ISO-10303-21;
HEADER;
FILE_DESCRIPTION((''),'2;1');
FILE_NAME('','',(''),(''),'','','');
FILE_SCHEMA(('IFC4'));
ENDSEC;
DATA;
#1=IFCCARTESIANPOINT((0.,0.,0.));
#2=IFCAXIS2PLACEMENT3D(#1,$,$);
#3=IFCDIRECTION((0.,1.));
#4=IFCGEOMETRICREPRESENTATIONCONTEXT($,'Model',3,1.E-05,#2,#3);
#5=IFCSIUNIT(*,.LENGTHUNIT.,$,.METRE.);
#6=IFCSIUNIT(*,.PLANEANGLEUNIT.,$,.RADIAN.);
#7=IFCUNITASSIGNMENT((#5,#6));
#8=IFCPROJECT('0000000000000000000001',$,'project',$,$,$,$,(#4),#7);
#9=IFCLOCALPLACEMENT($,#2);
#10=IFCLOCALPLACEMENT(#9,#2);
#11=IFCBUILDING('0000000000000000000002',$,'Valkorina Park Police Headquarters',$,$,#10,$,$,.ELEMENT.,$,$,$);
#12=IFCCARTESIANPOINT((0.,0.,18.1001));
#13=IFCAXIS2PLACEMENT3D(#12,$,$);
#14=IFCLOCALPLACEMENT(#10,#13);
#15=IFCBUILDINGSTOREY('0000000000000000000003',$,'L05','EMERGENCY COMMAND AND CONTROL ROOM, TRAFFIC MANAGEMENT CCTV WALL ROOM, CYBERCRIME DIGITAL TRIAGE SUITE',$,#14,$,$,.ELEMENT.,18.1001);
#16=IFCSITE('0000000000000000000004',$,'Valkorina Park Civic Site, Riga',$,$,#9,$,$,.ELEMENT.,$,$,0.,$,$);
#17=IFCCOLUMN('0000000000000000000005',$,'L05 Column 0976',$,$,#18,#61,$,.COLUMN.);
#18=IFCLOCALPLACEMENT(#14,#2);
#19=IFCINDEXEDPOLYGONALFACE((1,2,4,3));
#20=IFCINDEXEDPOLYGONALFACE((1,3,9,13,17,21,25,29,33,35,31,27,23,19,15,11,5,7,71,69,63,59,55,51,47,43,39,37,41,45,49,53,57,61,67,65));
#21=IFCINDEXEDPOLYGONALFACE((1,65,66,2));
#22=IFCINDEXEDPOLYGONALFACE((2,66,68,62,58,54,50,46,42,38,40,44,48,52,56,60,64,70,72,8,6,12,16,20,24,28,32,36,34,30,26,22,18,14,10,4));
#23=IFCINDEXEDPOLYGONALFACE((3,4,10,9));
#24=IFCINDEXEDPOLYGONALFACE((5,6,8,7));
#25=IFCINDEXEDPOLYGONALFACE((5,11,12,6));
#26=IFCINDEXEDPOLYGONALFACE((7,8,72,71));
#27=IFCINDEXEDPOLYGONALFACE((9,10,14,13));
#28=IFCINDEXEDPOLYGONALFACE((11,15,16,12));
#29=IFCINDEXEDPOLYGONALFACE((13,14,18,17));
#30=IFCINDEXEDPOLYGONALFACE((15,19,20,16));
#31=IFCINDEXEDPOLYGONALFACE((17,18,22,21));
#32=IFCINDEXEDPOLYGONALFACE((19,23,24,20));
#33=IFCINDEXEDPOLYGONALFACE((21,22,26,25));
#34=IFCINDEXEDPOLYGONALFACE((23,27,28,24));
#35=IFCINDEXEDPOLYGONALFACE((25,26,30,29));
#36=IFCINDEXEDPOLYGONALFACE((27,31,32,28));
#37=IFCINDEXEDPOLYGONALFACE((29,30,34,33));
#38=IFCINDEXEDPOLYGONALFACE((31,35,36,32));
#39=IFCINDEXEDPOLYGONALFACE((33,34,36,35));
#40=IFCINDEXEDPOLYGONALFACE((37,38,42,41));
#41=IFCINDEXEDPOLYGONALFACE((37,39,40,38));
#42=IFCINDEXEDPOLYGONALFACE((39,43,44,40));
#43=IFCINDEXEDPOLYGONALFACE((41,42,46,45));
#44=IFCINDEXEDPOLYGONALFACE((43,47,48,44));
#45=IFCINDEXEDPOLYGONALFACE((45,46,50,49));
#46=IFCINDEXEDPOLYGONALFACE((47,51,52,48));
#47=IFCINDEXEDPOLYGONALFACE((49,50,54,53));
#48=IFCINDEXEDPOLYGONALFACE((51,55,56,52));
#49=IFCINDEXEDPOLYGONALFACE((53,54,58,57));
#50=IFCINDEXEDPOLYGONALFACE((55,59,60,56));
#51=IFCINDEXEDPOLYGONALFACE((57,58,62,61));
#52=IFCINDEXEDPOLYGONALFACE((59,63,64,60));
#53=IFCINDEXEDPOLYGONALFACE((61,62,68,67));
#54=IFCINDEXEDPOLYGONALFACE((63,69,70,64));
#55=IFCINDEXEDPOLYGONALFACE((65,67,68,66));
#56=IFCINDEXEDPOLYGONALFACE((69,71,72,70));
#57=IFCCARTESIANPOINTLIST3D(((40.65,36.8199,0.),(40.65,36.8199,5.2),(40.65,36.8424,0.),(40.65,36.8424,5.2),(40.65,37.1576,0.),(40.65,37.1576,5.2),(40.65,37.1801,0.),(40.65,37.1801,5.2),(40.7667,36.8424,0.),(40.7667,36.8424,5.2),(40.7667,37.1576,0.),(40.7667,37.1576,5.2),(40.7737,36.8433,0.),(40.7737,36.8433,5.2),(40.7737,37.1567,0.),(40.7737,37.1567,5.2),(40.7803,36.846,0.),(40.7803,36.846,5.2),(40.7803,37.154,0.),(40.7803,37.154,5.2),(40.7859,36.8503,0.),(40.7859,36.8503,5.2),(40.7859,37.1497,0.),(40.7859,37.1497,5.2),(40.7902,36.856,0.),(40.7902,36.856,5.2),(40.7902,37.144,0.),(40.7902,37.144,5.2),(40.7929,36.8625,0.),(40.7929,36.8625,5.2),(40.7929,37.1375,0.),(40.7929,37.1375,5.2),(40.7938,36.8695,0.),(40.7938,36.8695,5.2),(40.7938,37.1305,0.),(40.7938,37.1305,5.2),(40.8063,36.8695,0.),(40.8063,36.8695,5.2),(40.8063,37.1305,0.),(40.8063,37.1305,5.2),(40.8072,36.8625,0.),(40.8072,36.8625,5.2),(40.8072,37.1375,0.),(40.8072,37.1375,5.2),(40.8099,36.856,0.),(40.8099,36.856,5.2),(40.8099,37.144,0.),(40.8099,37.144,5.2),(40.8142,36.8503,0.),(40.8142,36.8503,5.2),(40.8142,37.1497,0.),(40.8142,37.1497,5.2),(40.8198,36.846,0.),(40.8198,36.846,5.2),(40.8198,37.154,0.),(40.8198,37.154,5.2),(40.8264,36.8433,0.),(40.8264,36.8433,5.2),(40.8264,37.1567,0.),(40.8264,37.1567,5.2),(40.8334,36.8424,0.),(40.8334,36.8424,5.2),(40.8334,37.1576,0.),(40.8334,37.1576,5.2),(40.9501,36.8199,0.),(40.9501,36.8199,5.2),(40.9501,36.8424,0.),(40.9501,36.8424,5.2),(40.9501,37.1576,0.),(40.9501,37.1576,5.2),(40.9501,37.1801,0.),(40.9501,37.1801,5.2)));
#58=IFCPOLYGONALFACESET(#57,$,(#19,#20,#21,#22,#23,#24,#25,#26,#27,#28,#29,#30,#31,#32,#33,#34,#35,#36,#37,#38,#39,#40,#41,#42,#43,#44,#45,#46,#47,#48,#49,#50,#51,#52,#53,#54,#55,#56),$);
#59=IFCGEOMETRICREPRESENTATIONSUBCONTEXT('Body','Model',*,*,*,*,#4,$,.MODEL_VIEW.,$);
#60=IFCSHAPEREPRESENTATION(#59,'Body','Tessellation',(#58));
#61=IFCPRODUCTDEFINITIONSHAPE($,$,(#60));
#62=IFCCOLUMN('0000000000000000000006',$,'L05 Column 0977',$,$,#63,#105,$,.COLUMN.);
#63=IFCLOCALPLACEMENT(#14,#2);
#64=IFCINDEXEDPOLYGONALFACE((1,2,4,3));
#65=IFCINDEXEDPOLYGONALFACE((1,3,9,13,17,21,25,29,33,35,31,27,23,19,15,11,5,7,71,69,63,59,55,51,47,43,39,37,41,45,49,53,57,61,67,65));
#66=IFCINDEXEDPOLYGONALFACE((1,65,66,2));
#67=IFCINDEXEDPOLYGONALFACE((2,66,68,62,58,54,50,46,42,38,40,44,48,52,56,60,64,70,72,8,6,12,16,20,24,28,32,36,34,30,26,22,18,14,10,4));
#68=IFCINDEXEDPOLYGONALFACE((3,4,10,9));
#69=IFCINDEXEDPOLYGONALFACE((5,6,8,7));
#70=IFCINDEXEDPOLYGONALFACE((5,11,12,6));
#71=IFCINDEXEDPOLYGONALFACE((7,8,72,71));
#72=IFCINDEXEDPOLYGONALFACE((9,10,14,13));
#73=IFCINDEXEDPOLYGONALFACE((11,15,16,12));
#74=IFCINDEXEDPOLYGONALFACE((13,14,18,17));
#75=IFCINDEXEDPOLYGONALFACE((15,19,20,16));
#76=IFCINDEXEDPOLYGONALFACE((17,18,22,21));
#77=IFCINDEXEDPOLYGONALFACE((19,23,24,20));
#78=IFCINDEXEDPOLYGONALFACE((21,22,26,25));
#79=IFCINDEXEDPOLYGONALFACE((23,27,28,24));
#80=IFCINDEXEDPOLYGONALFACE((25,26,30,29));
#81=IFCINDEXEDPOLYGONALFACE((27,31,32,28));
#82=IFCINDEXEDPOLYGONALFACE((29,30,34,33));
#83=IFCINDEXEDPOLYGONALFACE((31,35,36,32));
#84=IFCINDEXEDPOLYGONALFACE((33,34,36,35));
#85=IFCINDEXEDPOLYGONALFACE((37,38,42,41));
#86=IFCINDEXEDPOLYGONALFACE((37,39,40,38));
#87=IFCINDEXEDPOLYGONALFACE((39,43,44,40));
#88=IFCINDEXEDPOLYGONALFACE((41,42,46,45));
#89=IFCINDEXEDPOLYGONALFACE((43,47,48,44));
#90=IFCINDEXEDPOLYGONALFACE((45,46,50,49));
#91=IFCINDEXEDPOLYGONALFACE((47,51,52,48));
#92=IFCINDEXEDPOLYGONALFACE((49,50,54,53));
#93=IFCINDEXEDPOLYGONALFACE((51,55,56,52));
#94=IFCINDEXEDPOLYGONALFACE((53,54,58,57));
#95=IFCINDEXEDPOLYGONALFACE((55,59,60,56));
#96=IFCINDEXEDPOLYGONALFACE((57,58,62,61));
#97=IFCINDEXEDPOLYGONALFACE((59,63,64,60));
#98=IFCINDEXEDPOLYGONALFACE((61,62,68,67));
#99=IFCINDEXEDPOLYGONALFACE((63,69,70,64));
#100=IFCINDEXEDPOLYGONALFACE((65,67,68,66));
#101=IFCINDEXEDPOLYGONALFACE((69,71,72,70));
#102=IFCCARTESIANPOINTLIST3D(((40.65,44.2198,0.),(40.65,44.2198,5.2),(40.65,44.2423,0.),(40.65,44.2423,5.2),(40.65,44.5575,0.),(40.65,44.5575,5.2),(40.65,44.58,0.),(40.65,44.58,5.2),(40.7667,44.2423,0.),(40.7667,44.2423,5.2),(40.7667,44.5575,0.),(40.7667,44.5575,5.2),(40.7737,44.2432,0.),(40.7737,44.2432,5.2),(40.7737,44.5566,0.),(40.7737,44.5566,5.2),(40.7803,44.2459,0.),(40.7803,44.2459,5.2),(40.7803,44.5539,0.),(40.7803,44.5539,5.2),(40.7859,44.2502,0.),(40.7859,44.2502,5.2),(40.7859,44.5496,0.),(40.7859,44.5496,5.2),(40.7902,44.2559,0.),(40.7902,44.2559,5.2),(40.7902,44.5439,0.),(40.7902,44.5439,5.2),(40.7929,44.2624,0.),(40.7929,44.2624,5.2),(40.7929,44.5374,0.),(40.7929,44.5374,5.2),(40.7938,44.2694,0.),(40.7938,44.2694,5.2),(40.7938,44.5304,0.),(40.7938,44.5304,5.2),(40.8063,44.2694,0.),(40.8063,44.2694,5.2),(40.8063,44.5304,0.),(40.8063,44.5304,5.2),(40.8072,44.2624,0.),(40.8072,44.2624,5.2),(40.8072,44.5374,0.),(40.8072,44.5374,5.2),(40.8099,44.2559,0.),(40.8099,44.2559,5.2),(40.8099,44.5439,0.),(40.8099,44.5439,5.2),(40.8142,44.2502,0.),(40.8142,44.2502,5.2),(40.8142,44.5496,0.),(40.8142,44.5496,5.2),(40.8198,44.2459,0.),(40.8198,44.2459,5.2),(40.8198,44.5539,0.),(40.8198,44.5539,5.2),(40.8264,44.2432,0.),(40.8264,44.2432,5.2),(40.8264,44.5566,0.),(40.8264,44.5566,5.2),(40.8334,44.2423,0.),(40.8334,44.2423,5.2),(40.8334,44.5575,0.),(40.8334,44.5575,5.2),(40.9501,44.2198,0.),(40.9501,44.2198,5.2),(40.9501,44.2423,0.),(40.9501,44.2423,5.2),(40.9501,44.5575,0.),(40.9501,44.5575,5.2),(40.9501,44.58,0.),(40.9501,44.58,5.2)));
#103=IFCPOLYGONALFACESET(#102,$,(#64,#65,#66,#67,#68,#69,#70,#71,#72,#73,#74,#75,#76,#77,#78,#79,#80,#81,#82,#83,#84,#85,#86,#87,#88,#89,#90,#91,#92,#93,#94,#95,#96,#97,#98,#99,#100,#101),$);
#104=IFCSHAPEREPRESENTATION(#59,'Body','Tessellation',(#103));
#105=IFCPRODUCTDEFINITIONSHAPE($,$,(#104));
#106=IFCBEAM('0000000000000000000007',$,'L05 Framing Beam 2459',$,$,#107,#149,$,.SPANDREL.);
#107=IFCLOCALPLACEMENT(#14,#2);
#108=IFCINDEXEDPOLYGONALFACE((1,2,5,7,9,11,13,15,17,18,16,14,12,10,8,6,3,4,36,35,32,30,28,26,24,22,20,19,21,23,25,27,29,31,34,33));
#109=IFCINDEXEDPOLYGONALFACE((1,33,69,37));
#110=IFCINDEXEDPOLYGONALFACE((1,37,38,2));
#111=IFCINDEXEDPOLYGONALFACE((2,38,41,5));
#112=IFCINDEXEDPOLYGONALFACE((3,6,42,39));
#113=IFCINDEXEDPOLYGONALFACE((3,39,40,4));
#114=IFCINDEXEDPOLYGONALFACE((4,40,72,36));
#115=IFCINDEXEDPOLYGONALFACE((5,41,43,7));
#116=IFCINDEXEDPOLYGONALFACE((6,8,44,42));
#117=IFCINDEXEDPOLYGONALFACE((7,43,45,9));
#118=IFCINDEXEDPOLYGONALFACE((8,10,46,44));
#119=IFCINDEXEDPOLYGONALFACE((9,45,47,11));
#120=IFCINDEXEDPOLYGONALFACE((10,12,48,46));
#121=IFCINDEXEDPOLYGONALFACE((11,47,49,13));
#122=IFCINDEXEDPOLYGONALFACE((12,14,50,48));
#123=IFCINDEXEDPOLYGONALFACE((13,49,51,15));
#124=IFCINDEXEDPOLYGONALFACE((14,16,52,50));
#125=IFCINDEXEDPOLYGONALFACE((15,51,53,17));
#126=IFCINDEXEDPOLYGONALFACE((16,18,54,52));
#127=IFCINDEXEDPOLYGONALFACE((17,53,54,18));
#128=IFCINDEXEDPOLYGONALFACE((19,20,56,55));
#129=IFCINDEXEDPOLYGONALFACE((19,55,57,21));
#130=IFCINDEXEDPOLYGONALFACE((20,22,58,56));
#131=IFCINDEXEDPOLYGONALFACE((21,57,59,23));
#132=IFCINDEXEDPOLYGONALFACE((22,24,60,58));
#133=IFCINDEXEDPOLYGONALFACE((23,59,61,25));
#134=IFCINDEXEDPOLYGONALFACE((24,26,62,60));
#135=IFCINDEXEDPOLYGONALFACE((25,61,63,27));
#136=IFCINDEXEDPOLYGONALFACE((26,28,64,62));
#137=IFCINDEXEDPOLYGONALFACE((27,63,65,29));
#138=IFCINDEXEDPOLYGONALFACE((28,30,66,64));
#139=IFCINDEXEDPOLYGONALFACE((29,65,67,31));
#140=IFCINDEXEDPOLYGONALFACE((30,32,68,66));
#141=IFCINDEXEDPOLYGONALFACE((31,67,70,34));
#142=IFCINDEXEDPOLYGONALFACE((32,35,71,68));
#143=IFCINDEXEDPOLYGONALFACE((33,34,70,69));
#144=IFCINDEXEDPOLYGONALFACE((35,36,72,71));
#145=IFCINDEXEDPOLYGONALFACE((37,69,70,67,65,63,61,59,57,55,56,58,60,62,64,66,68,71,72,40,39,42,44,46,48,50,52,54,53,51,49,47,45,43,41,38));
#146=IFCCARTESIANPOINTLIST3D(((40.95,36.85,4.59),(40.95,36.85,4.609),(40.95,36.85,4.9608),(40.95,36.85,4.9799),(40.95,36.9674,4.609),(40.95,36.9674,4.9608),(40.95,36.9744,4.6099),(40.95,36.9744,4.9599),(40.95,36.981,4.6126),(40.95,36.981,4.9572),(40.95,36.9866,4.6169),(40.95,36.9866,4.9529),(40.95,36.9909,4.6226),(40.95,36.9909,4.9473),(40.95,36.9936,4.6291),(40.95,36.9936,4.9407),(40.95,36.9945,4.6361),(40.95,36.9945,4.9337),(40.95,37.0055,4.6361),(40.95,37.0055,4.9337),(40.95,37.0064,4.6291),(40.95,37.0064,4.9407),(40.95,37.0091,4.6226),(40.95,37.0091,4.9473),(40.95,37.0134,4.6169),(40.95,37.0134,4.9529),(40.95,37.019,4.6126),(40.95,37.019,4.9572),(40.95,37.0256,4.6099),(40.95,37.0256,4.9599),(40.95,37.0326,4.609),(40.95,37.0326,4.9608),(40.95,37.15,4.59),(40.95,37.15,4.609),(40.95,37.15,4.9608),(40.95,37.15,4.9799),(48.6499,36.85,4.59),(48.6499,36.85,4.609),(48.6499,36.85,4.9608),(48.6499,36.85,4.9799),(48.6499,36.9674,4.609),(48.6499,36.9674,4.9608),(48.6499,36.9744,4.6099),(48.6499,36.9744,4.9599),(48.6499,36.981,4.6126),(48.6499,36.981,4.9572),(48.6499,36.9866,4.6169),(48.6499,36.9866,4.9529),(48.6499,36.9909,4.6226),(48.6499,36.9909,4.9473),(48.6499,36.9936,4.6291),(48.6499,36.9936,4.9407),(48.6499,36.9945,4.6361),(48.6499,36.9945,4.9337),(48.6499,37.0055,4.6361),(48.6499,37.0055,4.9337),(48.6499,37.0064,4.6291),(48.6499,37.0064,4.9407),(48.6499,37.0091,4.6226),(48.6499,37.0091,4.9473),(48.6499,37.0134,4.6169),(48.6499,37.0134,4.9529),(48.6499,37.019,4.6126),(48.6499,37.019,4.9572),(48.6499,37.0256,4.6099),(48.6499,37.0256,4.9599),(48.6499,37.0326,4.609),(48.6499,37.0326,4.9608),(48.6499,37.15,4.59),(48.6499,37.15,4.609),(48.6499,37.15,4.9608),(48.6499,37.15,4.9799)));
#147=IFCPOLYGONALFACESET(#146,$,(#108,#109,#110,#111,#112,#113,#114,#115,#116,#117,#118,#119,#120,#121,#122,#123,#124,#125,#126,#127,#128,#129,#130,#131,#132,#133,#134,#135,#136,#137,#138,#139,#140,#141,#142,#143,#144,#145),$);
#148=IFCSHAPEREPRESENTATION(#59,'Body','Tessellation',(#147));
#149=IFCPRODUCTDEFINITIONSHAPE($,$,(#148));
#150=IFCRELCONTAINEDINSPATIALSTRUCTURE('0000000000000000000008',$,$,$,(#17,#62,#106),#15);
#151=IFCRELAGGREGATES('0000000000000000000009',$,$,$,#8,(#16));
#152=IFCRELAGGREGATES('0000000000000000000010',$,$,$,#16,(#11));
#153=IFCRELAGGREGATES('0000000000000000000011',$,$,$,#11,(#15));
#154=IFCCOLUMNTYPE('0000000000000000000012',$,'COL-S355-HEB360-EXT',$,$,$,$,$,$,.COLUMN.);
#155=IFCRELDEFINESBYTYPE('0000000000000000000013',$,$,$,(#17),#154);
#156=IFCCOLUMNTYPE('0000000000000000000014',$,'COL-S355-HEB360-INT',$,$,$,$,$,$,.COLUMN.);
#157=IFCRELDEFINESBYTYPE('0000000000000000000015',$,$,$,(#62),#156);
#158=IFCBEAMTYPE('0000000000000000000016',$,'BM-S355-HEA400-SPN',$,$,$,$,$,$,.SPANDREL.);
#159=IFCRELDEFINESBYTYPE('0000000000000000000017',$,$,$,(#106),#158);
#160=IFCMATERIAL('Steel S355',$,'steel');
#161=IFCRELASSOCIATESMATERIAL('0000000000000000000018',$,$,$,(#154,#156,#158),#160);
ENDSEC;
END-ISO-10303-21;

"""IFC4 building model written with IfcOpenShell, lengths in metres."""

from ifc_helpers import new_model, si_unit, direction, frame, origin, origin_2d, place, context, subcontext, project, spatial, i_section, extrude, material, material_profile, profile_set, type_object, element, save


model = new_model("IFC4")

# Units and contexts
model_context = context("Model", 3, precision=1e-05, world=origin(), true_north=direction((0.0, 1.0)))
body_context = subcontext(model_context, "Body", "Model", "MODEL_VIEW")
ifc_project = project(units=[si_unit("LENGTHUNIT", "METRE"), si_unit("PLANEANGLEUNIT", "RADIAN")], contexts=[model_context])

# Site, building, storey
site_placement = place(None, origin())
site = spatial("IfcSite", under=ifc_project, at=site_placement, Name="Valkorina Park Civic Site, Riga", CompositionType="ELEMENT", RefElevation=0.0)
building_placement = place(site_placement, origin())
building = spatial("IfcBuilding", under=site, at=building_placement, Name="Valkorina Park Police Headquarters", CompositionType="ELEMENT")
storey_placement = place(building_placement, frame((0.0, 0.0, 18.1001)))
storey = spatial("IfcBuildingStorey", under=building, at=storey_placement, Name="L05", Description="EMERGENCY COMMAND AND CONTROL ROOM, TRAFFIC MANAGEMENT CCTV WALL ROOM, CYBERCRIME DIGITAL TRIAGE SUITE", CompositionType="ELEMENT", Elevation=18.1001)

# Columns
ifc_material_1 = material(Name="Steel S355", Category="steel")
ifc_material_profile_1 = material_profile(ifc_material_1, i_section(OverallWidth=0.3, OverallDepth=0.3601, WebThickness=0.0125, FlangeThickness=0.0225, FilletRadius=0.0271, at=origin_2d()), Name="HEB 360")
ifc_profile_set_1 = profile_set([ifc_material_profile_1], Name="Steel S355")
column_type_1 = type_object("IfcColumnType", Name="COL-S355-HEB360-EXT", PredefinedType="COLUMN", material=ifc_profile_set_1)
column_1_placement = place(storey_placement, frame((40.8, 37.0, 0.0), z_axis=(0.0, 0.0, 1.0), x_axis=(1.0, 0.0, 0.0)))
element("IfcColumn", 1, at=column_1_placement, inside=storey, type_object=column_type_1, Name="L05 Column 0976", PredefinedType="COLUMN", context=body_context, shape_type="SweptSolid", body=[
    extrude(i_section(OverallWidth=0.3, OverallDepth=0.3601, WebThickness=0.0125, FlangeThickness=0.0225, FilletRadius=0.0271, at=origin_2d()), origin(), (0.0, 0.0, 1.0), 5.2),
])
ifc_material_profile_2 = material_profile(ifc_material_1, i_section(OverallWidth=0.3, OverallDepth=0.3601, WebThickness=0.0125, FlangeThickness=0.0225, FilletRadius=0.0271, at=origin_2d()), Name="HEB 360")
ifc_profile_set_2 = profile_set([ifc_material_profile_2], Name="Steel S355")
column_type_2 = type_object("IfcColumnType", Name="COL-S355-HEB360-INT", PredefinedType="COLUMN", material=ifc_profile_set_2)
column_2_placement = place(storey_placement, frame((40.8, 44.3999, 0.0), z_axis=(0.0, 0.0, 1.0), x_axis=(1.0, 0.0, 0.0)))
element("IfcColumn", 2, at=column_2_placement, inside=storey, type_object=column_type_2, Name="L05 Column 0977", PredefinedType="COLUMN", context=body_context, shape_type="SweptSolid", body=[
    extrude(i_section(OverallWidth=0.3, OverallDepth=0.3601, WebThickness=0.0125, FlangeThickness=0.0225, FilletRadius=0.0271, at=origin_2d()), origin(), (0.0, 0.0, 1.0), 5.2),
])

# Beam
ifc_material_profile_3 = material_profile(ifc_material_1, i_section(OverallWidth=0.3, OverallDepth=0.3899, WebThickness=0.011, FlangeThickness=0.019, FilletRadius=0.0271, at=origin_2d()), Name="HEA 400")
ifc_profile_set_3 = profile_set([ifc_material_profile_3], Name="Steel S355")
beam_type_1 = type_object("IfcBeamType", Name="BM-S355-HEA400-SPN", PredefinedType="SPANDREL", material=ifc_profile_set_3)
beam_1_placement = place(storey_placement, frame((40.95, 37.0, 4.7849), z_axis=(1.0, 0.0, 0.0), x_axis=(0.0, 1.0, 0.0)))
element("IfcBeam", 3, at=beam_1_placement, inside=storey, type_object=beam_type_1, Name="L05 Framing Beam 2459", PredefinedType="SPANDREL", context=body_context, shape_type="SweptSolid", body=[
    extrude(i_section(OverallWidth=0.3, OverallDepth=0.3899, WebThickness=0.011, FlangeThickness=0.019, FilletRadius=0.0271, at=origin_2d()), origin(), (0.0, 0.0, 1.0), 7.7),
])

save(model, "model.ifc")
